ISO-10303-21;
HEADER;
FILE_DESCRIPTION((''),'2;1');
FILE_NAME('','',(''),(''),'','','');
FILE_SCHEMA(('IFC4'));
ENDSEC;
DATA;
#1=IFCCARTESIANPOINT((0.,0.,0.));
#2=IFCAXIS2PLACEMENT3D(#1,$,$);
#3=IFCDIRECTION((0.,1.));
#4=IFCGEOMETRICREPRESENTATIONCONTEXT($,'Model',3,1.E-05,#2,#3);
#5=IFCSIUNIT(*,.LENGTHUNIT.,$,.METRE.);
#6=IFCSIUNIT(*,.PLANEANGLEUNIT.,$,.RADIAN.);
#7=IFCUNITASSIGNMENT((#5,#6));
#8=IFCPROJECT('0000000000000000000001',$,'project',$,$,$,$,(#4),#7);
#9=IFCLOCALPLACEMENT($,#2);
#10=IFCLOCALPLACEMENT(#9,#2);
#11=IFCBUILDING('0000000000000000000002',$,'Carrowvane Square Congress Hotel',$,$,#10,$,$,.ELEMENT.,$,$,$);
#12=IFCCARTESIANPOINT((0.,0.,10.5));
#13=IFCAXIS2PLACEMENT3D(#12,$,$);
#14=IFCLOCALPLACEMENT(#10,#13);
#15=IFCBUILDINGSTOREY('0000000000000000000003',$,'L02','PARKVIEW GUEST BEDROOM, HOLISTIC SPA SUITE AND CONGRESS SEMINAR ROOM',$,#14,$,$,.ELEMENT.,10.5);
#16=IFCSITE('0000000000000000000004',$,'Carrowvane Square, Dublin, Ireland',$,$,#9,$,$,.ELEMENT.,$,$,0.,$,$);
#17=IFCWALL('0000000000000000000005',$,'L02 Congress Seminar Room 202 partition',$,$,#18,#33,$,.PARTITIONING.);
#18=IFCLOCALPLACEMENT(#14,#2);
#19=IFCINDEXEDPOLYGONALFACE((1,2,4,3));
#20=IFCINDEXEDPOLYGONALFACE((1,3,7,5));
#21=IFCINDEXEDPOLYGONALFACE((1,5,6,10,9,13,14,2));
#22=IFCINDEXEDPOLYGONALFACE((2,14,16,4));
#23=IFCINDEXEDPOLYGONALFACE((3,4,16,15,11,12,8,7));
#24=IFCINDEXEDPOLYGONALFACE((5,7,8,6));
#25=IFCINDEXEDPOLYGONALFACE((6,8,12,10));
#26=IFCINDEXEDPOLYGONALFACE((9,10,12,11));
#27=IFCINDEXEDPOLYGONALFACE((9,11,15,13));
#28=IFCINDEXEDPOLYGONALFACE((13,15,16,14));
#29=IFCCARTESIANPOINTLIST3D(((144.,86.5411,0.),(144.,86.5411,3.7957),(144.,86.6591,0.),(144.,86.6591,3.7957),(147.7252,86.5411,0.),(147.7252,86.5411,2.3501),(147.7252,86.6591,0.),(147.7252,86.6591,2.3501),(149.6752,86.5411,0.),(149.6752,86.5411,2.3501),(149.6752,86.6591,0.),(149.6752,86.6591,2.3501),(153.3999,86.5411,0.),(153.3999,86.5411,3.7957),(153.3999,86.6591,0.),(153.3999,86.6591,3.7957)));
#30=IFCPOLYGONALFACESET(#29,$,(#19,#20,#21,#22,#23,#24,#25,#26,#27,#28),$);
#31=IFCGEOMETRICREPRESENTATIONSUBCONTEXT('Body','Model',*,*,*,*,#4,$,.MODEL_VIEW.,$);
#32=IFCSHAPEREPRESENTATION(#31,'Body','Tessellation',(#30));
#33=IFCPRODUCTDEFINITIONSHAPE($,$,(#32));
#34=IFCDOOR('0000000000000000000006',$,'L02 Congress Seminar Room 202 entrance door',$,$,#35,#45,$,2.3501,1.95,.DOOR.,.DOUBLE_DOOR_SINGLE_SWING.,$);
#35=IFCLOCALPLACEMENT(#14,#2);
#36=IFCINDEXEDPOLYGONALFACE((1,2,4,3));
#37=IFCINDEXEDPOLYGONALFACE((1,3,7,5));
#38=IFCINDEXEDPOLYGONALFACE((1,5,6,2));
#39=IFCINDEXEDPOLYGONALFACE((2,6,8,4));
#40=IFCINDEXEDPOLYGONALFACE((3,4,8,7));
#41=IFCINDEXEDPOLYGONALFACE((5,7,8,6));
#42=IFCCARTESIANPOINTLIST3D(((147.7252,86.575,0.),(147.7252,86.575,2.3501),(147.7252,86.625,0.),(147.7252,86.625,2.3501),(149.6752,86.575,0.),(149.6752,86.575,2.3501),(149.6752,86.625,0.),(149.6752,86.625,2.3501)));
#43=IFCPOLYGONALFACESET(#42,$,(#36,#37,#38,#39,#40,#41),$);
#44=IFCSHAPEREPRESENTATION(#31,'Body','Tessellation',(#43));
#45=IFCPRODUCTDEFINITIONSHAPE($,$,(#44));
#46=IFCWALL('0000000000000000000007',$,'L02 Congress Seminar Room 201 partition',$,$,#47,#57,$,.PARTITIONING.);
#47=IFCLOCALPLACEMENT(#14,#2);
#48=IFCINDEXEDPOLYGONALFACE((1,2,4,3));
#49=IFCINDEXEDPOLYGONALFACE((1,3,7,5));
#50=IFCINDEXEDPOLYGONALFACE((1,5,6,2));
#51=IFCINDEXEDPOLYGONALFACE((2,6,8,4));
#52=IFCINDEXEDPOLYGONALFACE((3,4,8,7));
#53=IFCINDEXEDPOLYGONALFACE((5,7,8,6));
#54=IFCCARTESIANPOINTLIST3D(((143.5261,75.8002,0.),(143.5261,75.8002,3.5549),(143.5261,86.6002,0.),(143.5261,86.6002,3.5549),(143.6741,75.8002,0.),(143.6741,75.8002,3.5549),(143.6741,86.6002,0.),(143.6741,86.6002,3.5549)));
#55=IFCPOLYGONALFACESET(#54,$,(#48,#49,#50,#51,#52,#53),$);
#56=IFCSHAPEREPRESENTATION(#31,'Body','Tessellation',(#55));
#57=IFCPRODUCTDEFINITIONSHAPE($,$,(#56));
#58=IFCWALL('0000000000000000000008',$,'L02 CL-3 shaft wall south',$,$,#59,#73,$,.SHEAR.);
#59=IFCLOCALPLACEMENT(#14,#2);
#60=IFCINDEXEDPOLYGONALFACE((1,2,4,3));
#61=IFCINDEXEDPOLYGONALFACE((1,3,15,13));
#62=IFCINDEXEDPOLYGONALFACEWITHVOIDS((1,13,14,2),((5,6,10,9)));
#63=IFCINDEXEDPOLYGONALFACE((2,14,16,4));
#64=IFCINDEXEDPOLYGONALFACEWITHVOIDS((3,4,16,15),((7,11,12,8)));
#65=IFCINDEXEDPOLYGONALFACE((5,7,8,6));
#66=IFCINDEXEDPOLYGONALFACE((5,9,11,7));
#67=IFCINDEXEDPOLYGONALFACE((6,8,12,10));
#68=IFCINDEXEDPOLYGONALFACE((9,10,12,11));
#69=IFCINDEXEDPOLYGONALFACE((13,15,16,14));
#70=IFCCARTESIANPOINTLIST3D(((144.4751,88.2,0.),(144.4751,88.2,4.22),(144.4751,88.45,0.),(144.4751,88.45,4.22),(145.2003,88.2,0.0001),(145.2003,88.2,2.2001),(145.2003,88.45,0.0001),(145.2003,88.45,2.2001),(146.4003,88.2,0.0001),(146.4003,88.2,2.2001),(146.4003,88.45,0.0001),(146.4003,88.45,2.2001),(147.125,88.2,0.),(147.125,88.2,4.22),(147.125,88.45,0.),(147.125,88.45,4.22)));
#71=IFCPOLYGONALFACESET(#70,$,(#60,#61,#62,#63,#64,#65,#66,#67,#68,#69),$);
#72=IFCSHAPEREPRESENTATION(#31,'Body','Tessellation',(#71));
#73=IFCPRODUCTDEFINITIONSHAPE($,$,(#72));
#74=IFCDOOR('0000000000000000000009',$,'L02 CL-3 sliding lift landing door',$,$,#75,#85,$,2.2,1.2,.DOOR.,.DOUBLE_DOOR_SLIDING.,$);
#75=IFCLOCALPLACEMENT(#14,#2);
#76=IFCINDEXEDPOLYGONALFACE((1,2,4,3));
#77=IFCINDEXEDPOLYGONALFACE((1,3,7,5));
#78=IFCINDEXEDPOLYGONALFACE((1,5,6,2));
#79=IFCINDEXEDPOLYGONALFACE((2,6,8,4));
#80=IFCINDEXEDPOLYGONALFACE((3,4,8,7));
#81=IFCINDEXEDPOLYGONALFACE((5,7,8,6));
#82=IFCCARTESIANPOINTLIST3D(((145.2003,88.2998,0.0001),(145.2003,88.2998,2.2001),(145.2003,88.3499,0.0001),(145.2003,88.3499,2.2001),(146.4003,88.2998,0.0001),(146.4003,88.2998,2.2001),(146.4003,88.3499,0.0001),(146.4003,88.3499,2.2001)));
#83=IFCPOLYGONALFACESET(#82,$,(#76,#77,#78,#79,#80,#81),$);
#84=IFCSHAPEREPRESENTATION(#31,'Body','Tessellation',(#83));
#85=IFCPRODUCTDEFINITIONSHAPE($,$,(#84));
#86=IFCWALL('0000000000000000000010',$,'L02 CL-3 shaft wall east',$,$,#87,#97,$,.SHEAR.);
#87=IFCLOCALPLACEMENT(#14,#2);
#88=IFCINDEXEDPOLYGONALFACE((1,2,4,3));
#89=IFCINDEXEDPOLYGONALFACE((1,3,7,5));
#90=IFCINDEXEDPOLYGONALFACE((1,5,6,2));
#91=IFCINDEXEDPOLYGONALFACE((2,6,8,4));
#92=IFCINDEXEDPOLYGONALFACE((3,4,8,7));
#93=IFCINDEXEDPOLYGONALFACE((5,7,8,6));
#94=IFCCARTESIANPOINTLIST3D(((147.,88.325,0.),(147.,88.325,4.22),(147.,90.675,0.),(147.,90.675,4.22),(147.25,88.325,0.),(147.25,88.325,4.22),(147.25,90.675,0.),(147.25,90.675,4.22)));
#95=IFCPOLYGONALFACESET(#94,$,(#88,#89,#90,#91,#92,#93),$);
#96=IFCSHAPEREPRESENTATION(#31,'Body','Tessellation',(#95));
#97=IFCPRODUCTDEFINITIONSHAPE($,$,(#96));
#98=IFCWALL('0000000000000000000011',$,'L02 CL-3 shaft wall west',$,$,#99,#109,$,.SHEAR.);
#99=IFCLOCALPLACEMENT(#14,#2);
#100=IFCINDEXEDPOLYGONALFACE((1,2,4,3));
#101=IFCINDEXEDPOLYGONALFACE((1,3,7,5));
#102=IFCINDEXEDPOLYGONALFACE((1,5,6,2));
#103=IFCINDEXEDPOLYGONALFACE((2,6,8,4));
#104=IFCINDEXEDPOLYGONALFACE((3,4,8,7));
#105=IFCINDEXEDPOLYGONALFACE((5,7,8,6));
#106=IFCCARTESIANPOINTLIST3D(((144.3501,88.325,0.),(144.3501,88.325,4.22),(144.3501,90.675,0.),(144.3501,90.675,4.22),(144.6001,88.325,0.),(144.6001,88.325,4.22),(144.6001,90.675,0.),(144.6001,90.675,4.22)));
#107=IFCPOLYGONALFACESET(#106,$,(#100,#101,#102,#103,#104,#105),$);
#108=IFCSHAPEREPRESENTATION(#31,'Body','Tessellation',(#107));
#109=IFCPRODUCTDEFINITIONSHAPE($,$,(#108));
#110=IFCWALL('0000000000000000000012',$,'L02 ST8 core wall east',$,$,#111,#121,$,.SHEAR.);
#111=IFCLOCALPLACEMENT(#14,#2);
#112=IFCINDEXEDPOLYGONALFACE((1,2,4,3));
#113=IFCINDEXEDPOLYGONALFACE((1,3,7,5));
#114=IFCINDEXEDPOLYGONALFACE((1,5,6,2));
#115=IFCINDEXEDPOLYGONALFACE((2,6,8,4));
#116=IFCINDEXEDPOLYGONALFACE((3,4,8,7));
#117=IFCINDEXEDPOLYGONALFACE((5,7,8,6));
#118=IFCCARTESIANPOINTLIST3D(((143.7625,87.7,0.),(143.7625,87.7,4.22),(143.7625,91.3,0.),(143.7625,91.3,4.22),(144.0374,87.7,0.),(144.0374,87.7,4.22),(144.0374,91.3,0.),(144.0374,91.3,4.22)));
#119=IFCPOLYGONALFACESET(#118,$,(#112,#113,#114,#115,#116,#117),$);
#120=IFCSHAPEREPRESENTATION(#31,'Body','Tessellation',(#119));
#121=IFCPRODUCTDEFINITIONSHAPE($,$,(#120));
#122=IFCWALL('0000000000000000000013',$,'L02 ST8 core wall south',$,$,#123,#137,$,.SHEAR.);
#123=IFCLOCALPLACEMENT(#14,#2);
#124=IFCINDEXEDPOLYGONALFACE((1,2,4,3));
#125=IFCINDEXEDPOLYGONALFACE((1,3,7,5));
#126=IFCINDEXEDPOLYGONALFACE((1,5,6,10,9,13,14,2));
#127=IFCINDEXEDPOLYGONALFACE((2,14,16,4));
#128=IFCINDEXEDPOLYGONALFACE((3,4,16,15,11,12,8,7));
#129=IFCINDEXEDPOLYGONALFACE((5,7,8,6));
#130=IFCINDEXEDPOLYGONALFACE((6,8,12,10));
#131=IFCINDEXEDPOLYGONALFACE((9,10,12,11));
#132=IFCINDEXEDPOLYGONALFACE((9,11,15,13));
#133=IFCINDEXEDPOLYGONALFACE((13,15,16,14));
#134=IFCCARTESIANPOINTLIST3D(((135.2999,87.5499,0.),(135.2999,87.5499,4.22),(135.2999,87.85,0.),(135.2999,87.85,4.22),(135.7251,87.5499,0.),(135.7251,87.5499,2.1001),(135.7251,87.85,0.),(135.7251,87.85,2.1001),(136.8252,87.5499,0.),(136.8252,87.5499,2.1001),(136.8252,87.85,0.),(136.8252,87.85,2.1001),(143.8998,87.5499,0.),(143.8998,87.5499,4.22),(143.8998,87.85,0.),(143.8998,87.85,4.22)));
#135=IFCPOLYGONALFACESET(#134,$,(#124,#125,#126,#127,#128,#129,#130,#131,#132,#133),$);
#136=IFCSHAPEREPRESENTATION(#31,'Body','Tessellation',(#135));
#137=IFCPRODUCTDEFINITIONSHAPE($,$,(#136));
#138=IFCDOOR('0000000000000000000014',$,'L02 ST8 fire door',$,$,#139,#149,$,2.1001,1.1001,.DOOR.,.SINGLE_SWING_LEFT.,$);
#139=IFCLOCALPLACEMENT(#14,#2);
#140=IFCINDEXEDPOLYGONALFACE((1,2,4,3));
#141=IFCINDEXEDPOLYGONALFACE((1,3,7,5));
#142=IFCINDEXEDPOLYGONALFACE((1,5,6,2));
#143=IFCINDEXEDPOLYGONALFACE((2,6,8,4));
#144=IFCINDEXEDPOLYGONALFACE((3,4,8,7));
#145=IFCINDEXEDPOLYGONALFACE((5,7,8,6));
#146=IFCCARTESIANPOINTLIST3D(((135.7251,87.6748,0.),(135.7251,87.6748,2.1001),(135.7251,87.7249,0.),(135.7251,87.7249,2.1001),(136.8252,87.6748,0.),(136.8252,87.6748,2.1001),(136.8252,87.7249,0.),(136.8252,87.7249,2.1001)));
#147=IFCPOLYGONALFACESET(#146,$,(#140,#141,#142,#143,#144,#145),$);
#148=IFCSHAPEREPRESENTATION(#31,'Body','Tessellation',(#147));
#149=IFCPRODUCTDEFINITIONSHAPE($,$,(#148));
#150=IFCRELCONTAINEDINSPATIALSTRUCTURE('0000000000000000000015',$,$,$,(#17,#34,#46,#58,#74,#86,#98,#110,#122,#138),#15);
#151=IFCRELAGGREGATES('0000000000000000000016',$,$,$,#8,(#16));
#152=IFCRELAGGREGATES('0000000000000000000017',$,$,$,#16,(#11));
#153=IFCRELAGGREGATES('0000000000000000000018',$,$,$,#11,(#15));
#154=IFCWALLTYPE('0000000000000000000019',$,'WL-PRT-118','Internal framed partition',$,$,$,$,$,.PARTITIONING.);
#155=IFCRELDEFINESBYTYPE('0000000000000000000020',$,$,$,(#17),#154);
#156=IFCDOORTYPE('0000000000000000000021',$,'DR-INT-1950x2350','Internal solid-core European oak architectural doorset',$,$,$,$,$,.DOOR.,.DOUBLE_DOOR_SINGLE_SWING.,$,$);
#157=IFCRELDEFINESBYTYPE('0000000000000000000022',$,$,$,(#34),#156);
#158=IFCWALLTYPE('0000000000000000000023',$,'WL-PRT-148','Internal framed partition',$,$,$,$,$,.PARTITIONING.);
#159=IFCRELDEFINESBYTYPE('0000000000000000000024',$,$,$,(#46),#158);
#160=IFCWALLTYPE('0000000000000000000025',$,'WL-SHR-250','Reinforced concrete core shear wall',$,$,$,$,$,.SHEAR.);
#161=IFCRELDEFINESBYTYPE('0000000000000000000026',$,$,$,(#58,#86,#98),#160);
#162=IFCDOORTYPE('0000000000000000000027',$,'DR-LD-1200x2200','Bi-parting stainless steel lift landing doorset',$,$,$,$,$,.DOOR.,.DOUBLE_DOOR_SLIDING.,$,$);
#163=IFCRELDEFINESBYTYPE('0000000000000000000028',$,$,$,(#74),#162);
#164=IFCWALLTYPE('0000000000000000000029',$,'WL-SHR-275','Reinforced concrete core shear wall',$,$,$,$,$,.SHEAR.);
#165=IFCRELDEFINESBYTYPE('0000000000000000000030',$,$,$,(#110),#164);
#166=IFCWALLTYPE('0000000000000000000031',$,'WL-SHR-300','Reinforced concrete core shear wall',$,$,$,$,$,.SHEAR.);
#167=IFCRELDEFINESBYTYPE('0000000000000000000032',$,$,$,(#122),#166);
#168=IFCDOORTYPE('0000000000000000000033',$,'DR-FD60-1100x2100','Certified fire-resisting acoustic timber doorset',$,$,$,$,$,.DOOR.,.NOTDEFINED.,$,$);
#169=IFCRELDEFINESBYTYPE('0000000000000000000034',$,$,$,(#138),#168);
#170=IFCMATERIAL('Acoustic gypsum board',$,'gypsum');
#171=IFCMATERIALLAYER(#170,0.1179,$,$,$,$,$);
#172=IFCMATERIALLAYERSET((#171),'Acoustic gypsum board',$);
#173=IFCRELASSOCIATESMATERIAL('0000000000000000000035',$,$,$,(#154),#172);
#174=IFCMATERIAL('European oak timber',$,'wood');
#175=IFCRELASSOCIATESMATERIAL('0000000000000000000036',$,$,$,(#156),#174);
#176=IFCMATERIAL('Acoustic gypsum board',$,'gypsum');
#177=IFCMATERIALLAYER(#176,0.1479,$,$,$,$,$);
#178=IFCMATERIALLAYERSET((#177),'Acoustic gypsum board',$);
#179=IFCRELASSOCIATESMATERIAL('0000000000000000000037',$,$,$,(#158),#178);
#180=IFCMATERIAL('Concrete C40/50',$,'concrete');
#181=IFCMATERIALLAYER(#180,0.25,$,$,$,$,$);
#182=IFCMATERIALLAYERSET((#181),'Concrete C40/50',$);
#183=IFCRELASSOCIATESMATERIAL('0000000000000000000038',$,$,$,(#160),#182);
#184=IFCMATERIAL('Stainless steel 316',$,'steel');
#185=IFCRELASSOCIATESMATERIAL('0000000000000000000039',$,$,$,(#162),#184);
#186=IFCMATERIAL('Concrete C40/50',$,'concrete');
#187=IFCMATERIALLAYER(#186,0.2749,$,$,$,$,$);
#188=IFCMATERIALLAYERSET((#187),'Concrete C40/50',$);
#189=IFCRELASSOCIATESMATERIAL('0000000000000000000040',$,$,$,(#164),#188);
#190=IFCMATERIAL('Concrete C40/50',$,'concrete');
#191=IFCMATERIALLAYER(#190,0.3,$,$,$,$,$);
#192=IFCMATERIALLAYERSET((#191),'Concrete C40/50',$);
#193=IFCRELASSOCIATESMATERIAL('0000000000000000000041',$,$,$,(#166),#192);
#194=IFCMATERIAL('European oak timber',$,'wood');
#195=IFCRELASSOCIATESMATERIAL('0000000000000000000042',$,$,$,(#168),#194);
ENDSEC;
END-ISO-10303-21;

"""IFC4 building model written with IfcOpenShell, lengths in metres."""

from ifc_helpers import new_model, si_unit, direction, frame, frame_2d, origin, place, context, subcontext, project, spatial, rectangle, extrude, material, layer, layer_set, type_object, element, fill, save


model = new_model("IFC4")

# Units and contexts
model_context = context("Model", 3, precision=1e-05, world=origin(), true_north=direction((0.0, 1.0)))
body_context = subcontext(model_context, "Body", "Model", "MODEL_VIEW")
ifc_project = project(units=[si_unit("LENGTHUNIT", "METRE"), si_unit("PLANEANGLEUNIT", "RADIAN")], contexts=[model_context])

# Site, building, storey
site_placement = place(None, origin())
site = spatial("IfcSite", under=ifc_project, at=site_placement, Name="Carrowvane Square, Dublin, Ireland", CompositionType="ELEMENT", RefElevation=0.0)
building_placement = place(site_placement, origin())
building = spatial("IfcBuilding", under=site, at=building_placement, Name="Carrowvane Square Congress Hotel", CompositionType="ELEMENT")
storey_placement = place(building_placement, frame((0.0, 0.0, 10.5)))
storey = spatial("IfcBuildingStorey", under=building, at=storey_placement, Name="L02", Description="PARKVIEW GUEST BEDROOM, HOLISTIC SPA SUITE AND CONGRESS SEMINAR ROOM", CompositionType="ELEMENT", Elevation=10.5)

# Wall, opening, door
ifc_material_1 = material(Name="Acoustic gypsum board", Category="gypsum")
ifc_layer_1 = layer(ifc_material_1, 0.1179)
ifc_layer_set_1 = layer_set([ifc_layer_1], Name="Acoustic gypsum board")
wall_type_1 = type_object("IfcWallType", Name="WL-PRT-118", Description="Internal framed partition", PredefinedType="PARTITIONING", material=ifc_layer_set_1)
wall_1_placement = place(storey_placement, frame((144.0, 86.6001, 0.0), z_axis=(0.0, 0.0, 1.0), x_axis=(1.0, 0.0, 0.0)))
wall_1 = element("IfcWall", 1, at=wall_1_placement, inside=storey, type_object=wall_type_1, Name="L02 Congress Seminar Room 202 partition", PredefinedType="PARTITIONING", context=body_context, shape_type="SweptSolid", body=[
    extrude(rectangle(XDim=9.3999, YDim=0.1179, at=frame_2d((4.7, 0.0))), origin(), (0.0, 0.0, 1.0), 3.7957),
])
opening_1_placement = place(wall_1_placement, frame((3.7251, 0.0, 0.0)))
opening_1 = element("IfcOpeningElement", 2, at=opening_1_placement, cuts=wall_1, PredefinedType="OPENING", context=body_context, shape_type="SweptSolid", body=[
    extrude(rectangle(XDim=1.95, YDim=2.3501, at=frame_2d((0.9751, 1.175))), frame((0.0, 0.0688, 0.0), z_axis=(0.0, -1.0, 0.0), x_axis=(1.0, 0.0, 0.0)), (0.0, 0.0, 1.0), 0.1379),
])
ifc_material_2 = material(Name="European oak timber", Category="wood")
door_type_1 = type_object("IfcDoorType", Name="DR-INT-1950x2350", Description="Internal solid-core European oak architectural doorset", OperationType="DOUBLE_DOOR_SINGLE_SWING", PredefinedType="DOOR", material=ifc_material_2)
door_1_placement = place(opening_1_placement, origin())
door_1 = element("IfcDoor", 3, at=door_1_placement, inside=storey, type_object=door_type_1, Name="L02 Congress Seminar Room 202 entrance door", OperationType="DOUBLE_DOOR_SINGLE_SWING", OverallHeight=2.3501, OverallWidth=1.95, PredefinedType="DOOR", context=body_context, shape_type="SweptSolid", body=[
    extrude(rectangle(XDim=1.95, YDim=2.3501, at=frame_2d((0.9751, 1.175))), frame((0.0, 0.0249, 0.0), z_axis=(0.0, -1.0, 0.0), x_axis=(1.0, 0.0, 0.0)), (0.0, 0.0, 1.0), 0.05),
])
fill(opening_1, door_1)

# Wall
ifc_material_3 = material(Name="Acoustic gypsum board", Category="gypsum")
ifc_layer_2 = layer(ifc_material_3, 0.1479)
ifc_layer_set_2 = layer_set([ifc_layer_2], Name="Acoustic gypsum board")
wall_type_2 = type_object("IfcWallType", Name="WL-PRT-148", Description="Internal framed partition", PredefinedType="PARTITIONING", material=ifc_layer_set_2)
wall_2_placement = place(storey_placement, frame((143.6001, 86.6001, 0.0), z_axis=(0.0, 0.0, 1.0), x_axis=(0.0, -1.0, 0.0)))
element("IfcWall", 4, at=wall_2_placement, inside=storey, type_object=wall_type_2, Name="L02 Congress Seminar Room 201 partition", PredefinedType="PARTITIONING", context=body_context, shape_type="SweptSolid", body=[
    extrude(rectangle(XDim=10.8, YDim=0.1479, at=frame_2d((5.3999, 0.0))), origin(), (0.0, 0.0, 1.0), 3.5549),
])

# Wall, opening, door
ifc_material_4 = material(Name="Concrete C40/50", Category="concrete")
ifc_layer_3 = layer(ifc_material_4, 0.25)
ifc_layer_set_3 = layer_set([ifc_layer_3], Name="Concrete C40/50")
wall_type_3 = type_object("IfcWallType", Name="WL-SHR-250", Description="Reinforced concrete core shear wall", PredefinedType="SHEAR", material=ifc_layer_set_3)
wall_3_placement = place(storey_placement, frame((144.4751, 88.325, 0.0), z_axis=(0.0, 0.0, 1.0), x_axis=(1.0, 0.0, 0.0)))
wall_3 = element("IfcWall", 5, at=wall_3_placement, inside=storey, type_object=wall_type_3, Name="L02 CL-3 shaft wall south", PredefinedType="SHEAR", context=body_context, shape_type="SweptSolid", body=[
    extrude(rectangle(XDim=2.6499, YDim=0.25, at=frame_2d((1.325, 0.0))), origin(), (0.0, 0.0, 1.0), 4.22),
])
opening_2_placement = place(wall_3_placement, frame((0.7251, 0.0, 0.0)))
opening_2 = element("IfcOpeningElement", 6, at=opening_2_placement, cuts=wall_3, PredefinedType="OPENING", context=body_context, shape_type="SweptSolid", body=[
    extrude(rectangle(XDim=1.2, YDim=2.2, at=frame_2d((0.6001, 1.1001))), frame((0.0, 0.135, 0.0), z_axis=(0.0, -1.0, 0.0), x_axis=(1.0, 0.0, 0.0)), (0.0, 0.0, 1.0), 0.27),
])
ifc_material_5 = material(Name="Stainless steel 316", Category="steel")
door_type_2 = type_object("IfcDoorType", Name="DR-LD-1200x2200", Description="Bi-parting stainless steel lift landing doorset", OperationType="DOUBLE_DOOR_SLIDING", PredefinedType="DOOR", material=ifc_material_5)
door_2_placement = place(opening_2_placement, origin())
door_2 = element("IfcDoor", 7, at=door_2_placement, inside=storey, type_object=door_type_2, Name="L02 CL-3 sliding lift landing door", OperationType="DOUBLE_DOOR_SLIDING", OverallHeight=2.2, OverallWidth=1.2, PredefinedType="DOOR", context=body_context, shape_type="SweptSolid", body=[
    extrude(rectangle(XDim=1.2, YDim=2.2, at=frame_2d((0.6001, 1.1001))), frame((0.0, 0.0249, 0.0), z_axis=(0.0, -1.0, 0.0), x_axis=(1.0, 0.0, 0.0)), (0.0, 0.0, 1.0), 0.05),
])
fill(opening_2, door_2)

# Walls
for number, where, z_axis, x_axis, name in (
    (8, (147.125, 88.325, 0.0), (0.0, 0.0, 1.0), (0.0, 1.0, 0.0), "L02 CL-3 shaft wall east"),
    (9, (144.4751, 90.675, 0.0), (0.0, 0.0, 1.0), (0.0, -1.0, 0.0), "L02 CL-3 shaft wall west"),
):
    element("IfcWall", number, at=place(storey_placement, frame(where, z_axis=z_axis, x_axis=x_axis)), inside=storey, type_object=wall_type_3, Name=name, PredefinedType="SHEAR", context=body_context, shape_type="SweptSolid", body=[
        extrude(rectangle(XDim=2.3501, YDim=0.25, at=frame_2d((1.175, 0.0))), origin(), (0.0, 0.0, 1.0), 4.22),
    ])
ifc_material_6 = material(Name="Concrete C40/50", Category="concrete")
ifc_layer_4 = layer(ifc_material_6, 0.2749)
ifc_layer_set_4 = layer_set([ifc_layer_4], Name="Concrete C40/50")
wall_type_4 = type_object("IfcWallType", Name="WL-SHR-275", Description="Reinforced concrete core shear wall", PredefinedType="SHEAR", material=ifc_layer_set_4)
wall_4_placement = place(storey_placement, frame((143.8999, 87.7, 0.0), z_axis=(0.0, 0.0, 1.0), x_axis=(0.0, 1.0, 0.0)))
element("IfcWall", 10, at=wall_4_placement, inside=storey, type_object=wall_type_4, Name="L02 ST8 core wall east", PredefinedType="SHEAR", context=body_context, shape_type="SweptSolid", body=[
    extrude(rectangle(XDim=3.6001, YDim=0.2749, at=frame_2d((1.8, 0.0))), origin(), (0.0, 0.0, 1.0), 4.22),
])

# Wall, opening, door
ifc_material_7 = material(Name="Concrete C40/50", Category="concrete")
ifc_layer_5 = layer(ifc_material_7, 0.3)
ifc_layer_set_5 = layer_set([ifc_layer_5], Name="Concrete C40/50")
wall_type_5 = type_object("IfcWallType", Name="WL-SHR-300", Description="Reinforced concrete core shear wall", PredefinedType="SHEAR", material=ifc_layer_set_5)
wall_5_placement = place(storey_placement, frame((135.3, 87.7, 0.0), z_axis=(0.0, 0.0, 1.0), x_axis=(1.0, 0.0, 0.0)))
wall_5 = element("IfcWall", 11, at=wall_5_placement, inside=storey, type_object=wall_type_5, Name="L02 ST8 core wall south", PredefinedType="SHEAR", context=body_context, shape_type="SweptSolid", body=[
    extrude(rectangle(XDim=8.5999, YDim=0.3, at=frame_2d((4.2998, 0.0))), origin(), (0.0, 0.0, 1.0), 4.22),
])
opening_3_placement = place(wall_5_placement, frame((0.425, 0.0, 0.0)))
opening_3 = element("IfcOpeningElement", 12, at=opening_3_placement, cuts=wall_5, PredefinedType="OPENING", context=body_context, shape_type="SweptSolid", body=[
    extrude(rectangle(XDim=1.1001, YDim=2.1001, at=frame_2d((0.55, 1.05))), frame((0.0, 0.1599, 0.0), z_axis=(0.0, -1.0, 0.0), x_axis=(1.0, 0.0, 0.0)), (0.0, 0.0, 1.0), 0.3201),
])
ifc_material_8 = material(Name="European oak timber", Category="wood")
door_type_3 = type_object("IfcDoorType", Name="DR-FD60-1100x2100", Description="Certified fire-resisting acoustic timber doorset", OperationType="NOTDEFINED", PredefinedType="DOOR", material=ifc_material_8)
door_3_placement = place(opening_3_placement, origin())
door_3 = element("IfcDoor", 13, at=door_3_placement, inside=storey, type_object=door_type_3, Name="L02 ST8 fire door", OperationType="SINGLE_SWING_LEFT", OverallHeight=2.1001, OverallWidth=1.1001, PredefinedType="DOOR", context=body_context, shape_type="SweptSolid", body=[
    extrude(rectangle(XDim=1.1001, YDim=2.1001, at=frame_2d((0.55, 1.05))), frame((0.0, 0.0249, 0.0), z_axis=(0.0, -1.0, 0.0), x_axis=(1.0, 0.0, 0.0)), (0.0, 0.0, 1.0), 0.05),
])
fill(opening_3, door_3)

save(model, "model.ifc")
